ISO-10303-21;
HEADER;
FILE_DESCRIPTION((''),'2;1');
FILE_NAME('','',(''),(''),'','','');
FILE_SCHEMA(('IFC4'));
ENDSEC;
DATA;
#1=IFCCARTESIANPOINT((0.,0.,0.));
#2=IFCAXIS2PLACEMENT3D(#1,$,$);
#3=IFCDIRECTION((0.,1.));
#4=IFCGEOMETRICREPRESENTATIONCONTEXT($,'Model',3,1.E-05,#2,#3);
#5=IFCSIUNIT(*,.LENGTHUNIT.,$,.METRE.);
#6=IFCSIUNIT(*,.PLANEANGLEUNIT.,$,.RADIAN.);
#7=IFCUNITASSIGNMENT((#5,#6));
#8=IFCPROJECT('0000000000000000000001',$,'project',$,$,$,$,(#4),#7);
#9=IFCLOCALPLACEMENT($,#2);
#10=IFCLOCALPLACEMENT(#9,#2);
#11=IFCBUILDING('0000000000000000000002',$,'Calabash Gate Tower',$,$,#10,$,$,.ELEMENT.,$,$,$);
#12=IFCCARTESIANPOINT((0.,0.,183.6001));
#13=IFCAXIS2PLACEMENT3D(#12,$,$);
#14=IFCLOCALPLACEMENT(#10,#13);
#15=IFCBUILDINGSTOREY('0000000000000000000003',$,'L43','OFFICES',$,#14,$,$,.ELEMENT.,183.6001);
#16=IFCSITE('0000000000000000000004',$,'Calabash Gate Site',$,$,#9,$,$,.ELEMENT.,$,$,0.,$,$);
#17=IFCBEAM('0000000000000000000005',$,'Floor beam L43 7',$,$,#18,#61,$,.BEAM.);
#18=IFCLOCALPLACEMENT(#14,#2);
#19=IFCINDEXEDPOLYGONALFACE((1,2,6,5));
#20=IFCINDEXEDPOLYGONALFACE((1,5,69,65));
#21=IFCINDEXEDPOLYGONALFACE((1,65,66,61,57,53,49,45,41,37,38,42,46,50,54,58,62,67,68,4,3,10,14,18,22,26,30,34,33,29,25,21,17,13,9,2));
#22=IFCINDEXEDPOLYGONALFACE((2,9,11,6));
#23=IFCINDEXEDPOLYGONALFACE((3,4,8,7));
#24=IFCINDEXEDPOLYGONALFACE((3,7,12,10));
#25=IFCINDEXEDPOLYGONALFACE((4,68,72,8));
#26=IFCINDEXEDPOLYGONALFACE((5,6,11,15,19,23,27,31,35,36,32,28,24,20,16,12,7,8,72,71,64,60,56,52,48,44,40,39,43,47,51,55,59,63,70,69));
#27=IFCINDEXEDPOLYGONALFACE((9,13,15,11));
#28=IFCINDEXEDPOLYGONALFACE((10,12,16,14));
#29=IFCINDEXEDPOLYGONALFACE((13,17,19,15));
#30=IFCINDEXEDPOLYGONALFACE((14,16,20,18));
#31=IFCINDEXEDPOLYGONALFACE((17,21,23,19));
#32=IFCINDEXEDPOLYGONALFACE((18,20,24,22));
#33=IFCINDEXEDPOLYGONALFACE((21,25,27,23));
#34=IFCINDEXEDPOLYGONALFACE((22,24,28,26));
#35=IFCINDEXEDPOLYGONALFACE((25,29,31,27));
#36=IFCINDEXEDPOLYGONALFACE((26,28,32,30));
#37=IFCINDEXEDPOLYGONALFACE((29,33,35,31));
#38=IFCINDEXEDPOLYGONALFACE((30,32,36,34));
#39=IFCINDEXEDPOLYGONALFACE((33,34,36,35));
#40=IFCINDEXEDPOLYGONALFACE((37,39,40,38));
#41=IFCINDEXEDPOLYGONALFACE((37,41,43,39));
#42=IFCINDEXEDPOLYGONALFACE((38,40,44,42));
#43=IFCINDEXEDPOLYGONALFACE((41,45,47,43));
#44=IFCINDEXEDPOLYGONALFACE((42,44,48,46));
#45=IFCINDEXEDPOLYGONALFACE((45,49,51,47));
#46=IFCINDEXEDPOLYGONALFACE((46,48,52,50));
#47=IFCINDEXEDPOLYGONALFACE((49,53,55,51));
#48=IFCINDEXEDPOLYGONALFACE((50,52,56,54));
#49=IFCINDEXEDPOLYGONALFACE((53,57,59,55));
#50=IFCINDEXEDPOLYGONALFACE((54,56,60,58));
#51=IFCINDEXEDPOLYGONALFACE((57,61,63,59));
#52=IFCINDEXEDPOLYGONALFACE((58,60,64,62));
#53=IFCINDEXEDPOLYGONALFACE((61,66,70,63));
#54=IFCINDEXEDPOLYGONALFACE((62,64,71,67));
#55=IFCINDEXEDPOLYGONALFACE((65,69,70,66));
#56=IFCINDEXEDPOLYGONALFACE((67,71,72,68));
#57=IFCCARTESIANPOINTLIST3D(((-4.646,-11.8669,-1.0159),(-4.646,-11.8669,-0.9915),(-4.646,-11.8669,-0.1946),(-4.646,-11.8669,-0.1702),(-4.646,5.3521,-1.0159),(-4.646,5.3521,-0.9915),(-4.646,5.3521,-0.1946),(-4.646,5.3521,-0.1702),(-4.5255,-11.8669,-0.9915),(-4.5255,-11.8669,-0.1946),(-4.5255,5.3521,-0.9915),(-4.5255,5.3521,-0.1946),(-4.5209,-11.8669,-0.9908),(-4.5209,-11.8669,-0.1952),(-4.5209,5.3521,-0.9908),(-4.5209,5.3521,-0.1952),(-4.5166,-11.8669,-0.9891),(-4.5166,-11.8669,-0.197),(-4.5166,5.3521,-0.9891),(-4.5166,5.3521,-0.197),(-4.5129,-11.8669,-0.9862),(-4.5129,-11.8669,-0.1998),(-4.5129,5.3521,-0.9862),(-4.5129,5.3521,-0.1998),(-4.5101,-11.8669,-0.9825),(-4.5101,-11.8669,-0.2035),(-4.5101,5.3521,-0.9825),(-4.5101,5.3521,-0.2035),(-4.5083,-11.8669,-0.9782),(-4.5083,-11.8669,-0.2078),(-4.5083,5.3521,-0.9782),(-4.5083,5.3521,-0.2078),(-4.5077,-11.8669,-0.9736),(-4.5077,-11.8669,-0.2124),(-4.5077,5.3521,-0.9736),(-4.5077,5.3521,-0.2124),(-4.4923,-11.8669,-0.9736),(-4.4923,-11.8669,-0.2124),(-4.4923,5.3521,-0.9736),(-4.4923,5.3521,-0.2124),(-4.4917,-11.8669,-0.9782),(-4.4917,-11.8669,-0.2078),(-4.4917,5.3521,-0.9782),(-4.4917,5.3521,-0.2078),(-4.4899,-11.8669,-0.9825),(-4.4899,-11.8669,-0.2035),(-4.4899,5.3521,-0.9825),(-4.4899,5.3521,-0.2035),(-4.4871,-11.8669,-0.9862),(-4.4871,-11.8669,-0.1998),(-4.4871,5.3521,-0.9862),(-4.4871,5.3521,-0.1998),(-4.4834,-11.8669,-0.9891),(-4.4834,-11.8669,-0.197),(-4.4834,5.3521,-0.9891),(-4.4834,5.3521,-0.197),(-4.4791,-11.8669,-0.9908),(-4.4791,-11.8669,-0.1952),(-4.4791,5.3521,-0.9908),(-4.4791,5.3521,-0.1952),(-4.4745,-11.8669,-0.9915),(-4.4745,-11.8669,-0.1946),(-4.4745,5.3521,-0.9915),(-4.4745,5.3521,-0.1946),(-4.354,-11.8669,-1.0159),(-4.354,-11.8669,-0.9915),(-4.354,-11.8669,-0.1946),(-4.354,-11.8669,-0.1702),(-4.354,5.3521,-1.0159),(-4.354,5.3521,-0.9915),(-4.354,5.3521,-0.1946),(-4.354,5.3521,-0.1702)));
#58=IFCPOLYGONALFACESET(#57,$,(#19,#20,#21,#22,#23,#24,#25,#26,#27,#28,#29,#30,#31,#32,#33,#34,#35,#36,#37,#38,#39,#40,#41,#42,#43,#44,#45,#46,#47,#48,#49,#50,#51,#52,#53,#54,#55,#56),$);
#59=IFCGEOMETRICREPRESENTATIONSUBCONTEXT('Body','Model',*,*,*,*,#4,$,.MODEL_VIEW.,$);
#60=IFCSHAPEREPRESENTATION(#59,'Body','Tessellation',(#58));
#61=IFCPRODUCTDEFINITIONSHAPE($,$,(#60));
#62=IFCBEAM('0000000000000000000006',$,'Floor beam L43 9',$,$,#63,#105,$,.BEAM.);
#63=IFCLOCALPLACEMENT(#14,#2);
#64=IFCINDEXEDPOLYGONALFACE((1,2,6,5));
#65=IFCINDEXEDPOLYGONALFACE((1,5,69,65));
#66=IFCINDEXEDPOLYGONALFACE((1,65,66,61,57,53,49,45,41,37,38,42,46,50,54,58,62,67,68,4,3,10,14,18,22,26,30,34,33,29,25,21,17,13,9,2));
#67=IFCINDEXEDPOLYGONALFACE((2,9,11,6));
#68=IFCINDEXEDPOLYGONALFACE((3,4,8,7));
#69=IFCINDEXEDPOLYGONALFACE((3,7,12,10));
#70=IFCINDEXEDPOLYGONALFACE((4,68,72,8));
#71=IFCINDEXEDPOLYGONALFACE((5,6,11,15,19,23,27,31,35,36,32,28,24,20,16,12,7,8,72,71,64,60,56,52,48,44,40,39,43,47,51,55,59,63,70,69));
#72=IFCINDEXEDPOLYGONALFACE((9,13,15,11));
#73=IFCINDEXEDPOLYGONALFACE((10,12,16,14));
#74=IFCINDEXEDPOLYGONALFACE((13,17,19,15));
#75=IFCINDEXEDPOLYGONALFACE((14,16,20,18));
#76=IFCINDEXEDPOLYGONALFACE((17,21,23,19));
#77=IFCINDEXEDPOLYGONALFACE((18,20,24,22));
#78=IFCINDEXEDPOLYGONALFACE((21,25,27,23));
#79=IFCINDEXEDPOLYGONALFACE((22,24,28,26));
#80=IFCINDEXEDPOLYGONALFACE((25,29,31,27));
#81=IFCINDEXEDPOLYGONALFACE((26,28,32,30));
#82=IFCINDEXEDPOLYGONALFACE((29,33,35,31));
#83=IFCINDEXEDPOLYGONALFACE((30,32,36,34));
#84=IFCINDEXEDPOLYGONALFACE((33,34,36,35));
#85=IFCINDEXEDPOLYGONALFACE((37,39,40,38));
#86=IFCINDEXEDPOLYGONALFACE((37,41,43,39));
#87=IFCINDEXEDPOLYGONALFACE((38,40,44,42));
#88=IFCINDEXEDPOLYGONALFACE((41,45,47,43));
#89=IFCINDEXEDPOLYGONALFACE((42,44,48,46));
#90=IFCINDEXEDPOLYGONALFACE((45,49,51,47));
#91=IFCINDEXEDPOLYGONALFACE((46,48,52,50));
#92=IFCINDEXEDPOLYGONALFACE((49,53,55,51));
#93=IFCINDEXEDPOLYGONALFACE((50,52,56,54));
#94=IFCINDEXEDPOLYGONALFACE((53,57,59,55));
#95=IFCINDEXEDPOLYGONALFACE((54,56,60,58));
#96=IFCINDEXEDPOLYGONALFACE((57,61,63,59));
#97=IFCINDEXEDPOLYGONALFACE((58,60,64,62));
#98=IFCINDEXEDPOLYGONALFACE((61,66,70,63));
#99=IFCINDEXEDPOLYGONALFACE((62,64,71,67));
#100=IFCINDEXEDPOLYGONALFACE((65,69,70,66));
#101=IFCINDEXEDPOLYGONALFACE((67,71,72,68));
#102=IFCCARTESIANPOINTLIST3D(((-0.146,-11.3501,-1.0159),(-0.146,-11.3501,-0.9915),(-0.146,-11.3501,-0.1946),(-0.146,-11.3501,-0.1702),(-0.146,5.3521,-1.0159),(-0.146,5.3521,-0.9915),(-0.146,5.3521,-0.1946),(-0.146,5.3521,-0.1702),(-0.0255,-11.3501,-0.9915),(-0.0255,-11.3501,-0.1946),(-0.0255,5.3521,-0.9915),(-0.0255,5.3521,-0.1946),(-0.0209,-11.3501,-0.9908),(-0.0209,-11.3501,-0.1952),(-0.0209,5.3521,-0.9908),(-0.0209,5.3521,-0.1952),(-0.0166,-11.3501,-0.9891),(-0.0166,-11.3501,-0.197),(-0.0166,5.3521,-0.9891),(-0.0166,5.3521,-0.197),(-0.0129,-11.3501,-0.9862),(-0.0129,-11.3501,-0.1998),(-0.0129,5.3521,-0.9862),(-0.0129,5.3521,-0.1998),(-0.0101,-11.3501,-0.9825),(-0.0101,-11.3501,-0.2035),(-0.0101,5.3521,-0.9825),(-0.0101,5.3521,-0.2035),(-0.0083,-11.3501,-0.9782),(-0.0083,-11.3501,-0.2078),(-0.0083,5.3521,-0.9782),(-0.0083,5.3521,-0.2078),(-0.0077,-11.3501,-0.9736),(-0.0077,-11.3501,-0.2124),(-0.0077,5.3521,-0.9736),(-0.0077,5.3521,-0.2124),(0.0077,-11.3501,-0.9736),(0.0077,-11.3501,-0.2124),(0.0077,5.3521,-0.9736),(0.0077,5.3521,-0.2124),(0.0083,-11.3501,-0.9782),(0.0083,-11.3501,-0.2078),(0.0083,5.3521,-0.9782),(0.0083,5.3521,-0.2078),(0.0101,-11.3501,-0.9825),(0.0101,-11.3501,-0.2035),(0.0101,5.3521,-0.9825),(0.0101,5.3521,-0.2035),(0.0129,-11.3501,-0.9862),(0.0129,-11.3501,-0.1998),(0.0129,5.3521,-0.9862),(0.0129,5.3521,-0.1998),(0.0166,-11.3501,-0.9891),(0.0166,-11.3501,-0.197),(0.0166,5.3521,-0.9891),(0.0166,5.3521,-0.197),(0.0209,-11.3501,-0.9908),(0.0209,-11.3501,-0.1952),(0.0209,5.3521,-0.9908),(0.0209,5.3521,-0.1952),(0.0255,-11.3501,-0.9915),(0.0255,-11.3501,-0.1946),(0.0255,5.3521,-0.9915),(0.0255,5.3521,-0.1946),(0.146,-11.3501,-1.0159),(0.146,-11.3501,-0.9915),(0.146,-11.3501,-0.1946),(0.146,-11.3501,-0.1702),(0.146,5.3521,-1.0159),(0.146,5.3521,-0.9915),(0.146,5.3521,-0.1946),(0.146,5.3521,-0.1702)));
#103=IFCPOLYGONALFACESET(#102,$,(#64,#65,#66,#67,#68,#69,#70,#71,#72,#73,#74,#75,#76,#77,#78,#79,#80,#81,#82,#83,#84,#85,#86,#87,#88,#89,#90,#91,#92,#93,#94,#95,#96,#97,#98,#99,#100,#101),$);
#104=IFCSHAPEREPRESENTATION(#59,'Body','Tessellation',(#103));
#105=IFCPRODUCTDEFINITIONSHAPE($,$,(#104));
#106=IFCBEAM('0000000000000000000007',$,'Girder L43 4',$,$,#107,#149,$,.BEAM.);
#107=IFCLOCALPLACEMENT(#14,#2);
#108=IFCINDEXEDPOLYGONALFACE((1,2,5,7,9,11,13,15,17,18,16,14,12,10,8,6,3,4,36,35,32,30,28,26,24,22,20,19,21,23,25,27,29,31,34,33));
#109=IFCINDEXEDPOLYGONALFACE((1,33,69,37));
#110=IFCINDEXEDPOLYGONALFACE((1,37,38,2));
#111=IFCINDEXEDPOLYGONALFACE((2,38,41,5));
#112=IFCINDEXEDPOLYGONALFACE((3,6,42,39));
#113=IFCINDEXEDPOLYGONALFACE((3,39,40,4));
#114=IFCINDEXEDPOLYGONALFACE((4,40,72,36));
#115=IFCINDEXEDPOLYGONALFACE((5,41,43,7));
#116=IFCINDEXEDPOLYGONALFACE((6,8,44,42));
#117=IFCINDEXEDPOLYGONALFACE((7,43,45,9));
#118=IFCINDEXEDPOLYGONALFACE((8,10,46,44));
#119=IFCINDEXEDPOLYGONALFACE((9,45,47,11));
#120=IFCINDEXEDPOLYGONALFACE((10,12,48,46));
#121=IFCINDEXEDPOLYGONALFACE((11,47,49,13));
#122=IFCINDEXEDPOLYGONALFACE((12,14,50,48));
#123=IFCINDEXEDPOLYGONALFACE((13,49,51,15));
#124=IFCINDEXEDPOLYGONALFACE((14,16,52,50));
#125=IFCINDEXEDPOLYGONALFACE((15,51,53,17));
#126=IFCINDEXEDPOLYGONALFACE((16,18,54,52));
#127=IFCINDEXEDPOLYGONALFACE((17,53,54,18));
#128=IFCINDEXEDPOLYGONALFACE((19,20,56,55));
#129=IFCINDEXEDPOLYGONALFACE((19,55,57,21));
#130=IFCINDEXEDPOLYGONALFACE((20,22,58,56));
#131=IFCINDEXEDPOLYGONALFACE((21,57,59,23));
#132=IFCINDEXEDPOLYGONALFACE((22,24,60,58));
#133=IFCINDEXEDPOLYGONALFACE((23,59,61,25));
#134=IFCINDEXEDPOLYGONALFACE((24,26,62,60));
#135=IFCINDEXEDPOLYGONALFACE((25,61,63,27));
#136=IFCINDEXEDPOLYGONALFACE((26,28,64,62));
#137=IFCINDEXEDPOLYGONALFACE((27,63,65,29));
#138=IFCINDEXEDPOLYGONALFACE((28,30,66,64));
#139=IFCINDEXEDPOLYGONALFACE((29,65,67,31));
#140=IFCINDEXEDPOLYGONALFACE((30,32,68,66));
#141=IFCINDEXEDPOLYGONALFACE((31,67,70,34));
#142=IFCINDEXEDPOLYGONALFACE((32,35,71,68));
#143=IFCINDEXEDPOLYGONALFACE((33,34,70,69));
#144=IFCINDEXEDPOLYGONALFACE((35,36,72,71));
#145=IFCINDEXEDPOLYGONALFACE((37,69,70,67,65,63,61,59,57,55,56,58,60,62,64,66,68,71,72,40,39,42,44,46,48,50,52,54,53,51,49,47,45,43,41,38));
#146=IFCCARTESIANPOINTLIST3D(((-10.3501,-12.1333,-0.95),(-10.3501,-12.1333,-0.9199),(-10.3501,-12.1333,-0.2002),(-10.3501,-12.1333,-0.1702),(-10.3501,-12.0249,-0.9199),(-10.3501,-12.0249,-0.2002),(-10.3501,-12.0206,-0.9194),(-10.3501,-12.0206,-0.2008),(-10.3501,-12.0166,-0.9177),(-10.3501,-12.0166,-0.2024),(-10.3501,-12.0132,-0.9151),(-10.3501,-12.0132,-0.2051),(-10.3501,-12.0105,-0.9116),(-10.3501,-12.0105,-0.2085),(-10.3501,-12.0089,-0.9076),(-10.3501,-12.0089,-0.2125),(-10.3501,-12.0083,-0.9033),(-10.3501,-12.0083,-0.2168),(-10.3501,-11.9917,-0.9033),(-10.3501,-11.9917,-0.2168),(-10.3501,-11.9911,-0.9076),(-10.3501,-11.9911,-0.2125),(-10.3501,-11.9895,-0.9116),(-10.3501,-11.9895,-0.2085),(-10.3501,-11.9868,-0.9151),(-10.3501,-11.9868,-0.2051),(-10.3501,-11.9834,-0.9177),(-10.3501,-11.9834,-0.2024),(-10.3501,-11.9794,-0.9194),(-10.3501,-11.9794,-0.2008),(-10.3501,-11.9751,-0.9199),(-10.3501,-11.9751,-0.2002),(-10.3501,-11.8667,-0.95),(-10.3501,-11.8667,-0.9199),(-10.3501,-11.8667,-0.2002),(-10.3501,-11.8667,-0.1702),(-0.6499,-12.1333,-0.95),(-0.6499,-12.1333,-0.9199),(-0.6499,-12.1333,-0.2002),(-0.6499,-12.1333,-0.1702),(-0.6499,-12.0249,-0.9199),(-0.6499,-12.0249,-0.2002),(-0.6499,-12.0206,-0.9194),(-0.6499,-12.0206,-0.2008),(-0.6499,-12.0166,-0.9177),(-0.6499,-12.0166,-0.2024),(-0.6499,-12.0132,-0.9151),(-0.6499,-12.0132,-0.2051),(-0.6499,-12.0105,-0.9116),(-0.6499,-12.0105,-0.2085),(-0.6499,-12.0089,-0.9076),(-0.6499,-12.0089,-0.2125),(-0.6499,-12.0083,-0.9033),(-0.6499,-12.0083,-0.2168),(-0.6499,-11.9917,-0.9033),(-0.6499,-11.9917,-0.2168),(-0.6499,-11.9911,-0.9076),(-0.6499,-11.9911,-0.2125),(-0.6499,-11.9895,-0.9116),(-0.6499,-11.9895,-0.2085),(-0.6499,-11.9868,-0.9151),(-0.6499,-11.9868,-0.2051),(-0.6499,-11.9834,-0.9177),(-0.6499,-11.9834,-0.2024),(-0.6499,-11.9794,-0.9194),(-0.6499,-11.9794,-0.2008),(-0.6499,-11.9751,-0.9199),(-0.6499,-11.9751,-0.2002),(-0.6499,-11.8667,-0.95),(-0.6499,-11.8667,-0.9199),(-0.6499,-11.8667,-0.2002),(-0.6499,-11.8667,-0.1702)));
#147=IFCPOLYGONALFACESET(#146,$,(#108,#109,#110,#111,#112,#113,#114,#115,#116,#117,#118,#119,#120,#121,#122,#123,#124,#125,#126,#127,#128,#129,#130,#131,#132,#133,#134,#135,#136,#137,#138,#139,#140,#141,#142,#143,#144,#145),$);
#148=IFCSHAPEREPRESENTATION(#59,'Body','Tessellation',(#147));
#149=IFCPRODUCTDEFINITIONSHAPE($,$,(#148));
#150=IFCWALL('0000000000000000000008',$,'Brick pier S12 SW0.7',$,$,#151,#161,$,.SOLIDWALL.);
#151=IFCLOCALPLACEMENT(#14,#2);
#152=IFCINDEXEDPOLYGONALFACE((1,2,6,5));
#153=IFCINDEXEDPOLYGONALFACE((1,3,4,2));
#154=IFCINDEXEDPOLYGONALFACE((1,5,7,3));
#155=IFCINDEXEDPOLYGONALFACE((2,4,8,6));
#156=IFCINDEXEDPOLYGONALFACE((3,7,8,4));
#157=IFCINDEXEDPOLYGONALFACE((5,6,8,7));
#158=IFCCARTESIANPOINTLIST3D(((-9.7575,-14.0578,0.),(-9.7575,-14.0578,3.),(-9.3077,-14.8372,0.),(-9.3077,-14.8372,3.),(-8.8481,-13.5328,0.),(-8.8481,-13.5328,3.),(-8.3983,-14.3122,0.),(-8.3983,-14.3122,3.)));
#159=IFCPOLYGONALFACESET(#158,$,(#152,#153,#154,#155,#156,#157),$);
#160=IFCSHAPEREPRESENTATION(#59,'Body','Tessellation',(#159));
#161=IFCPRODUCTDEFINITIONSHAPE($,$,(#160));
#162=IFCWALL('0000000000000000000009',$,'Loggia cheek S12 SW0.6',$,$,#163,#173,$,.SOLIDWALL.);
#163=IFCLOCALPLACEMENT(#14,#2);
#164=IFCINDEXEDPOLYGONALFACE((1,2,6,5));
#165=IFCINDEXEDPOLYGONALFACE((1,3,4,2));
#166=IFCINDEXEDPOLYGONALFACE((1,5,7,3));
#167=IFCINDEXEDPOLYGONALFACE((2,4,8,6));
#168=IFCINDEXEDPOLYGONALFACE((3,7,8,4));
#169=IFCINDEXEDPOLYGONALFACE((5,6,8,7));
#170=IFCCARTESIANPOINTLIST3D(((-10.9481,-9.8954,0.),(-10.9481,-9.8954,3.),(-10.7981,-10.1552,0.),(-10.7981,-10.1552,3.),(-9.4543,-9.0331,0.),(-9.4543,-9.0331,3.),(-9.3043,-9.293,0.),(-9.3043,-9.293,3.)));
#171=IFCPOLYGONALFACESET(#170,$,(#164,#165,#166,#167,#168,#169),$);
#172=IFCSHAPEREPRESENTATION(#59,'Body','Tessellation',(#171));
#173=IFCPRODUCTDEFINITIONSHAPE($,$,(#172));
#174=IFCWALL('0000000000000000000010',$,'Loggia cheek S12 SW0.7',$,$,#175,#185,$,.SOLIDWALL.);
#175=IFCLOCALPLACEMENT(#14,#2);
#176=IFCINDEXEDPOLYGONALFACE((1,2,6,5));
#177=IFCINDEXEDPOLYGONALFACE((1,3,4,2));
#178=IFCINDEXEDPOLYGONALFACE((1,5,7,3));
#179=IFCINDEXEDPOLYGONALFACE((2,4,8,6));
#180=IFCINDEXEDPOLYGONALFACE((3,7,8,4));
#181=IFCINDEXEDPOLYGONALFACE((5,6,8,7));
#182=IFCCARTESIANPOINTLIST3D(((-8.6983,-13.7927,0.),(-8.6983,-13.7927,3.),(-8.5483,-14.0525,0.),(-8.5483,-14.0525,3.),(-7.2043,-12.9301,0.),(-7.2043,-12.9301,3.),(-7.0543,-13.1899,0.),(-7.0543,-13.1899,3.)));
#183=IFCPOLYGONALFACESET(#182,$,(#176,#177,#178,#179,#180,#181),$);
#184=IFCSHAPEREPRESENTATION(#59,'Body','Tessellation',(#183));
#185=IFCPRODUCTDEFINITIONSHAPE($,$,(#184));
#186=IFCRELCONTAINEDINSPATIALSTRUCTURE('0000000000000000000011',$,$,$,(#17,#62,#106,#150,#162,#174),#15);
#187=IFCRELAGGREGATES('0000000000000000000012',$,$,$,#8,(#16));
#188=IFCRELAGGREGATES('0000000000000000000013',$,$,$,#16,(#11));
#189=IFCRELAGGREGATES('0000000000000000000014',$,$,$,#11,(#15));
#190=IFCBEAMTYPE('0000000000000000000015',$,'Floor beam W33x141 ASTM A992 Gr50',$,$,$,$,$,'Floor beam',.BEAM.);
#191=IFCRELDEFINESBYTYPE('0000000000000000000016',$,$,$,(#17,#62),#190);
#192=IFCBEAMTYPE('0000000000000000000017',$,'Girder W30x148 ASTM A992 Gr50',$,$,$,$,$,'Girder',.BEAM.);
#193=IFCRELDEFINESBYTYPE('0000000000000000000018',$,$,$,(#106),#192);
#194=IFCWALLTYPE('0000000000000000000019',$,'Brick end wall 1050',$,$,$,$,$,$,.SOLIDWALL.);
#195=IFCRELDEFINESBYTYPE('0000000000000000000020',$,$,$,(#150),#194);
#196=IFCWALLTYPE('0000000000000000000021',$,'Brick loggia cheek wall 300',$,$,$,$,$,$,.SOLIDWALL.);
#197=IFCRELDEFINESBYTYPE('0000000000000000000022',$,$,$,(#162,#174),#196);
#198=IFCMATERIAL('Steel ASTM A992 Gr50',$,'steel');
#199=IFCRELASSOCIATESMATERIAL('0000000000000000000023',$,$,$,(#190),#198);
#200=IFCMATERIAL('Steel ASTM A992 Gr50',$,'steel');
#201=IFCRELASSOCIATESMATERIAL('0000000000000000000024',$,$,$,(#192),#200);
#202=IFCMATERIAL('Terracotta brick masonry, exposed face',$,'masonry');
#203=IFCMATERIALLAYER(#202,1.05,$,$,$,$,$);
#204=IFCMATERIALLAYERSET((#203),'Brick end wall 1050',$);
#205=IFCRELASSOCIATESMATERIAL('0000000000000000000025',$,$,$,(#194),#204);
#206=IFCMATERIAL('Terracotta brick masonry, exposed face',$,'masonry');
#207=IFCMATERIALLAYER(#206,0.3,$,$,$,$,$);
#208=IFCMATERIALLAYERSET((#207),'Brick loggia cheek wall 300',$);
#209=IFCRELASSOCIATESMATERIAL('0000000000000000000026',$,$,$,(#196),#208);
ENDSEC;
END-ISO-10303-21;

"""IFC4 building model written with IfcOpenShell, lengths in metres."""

from ifc_helpers import new_model, si_unit, direction, frame, frame_2d, origin, origin_2d, place, context, subcontext, project, spatial, rectangle, i_section, extrude, material, layer, layer_set, material_profile, profile_set, type_object, element, save


model = new_model("IFC4")

# Units and contexts
model_context = context("Model", 3, precision=1e-05, world=origin(), true_north=direction((0.0, 1.0)))
body_context = subcontext(model_context, "Body", "Model", "MODEL_VIEW")
ifc_project = project(units=[si_unit("LENGTHUNIT", "METRE"), si_unit("PLANEANGLEUNIT", "RADIAN")], contexts=[model_context])

# Site, building, storey
site_placement = place(None, origin())
site = spatial("IfcSite", under=ifc_project, at=site_placement, Name="Calabash Gate Site", CompositionType="ELEMENT", RefElevation=0.0)
building_placement = place(site_placement, origin())
building = spatial("IfcBuilding", under=site, at=building_placement, Name="Calabash Gate Tower", CompositionType="ELEMENT")
storey_placement = place(building_placement, frame((0.0, 0.0, 183.6001)))
storey = spatial("IfcBuildingStorey", under=building, at=storey_placement, Name="L43", Description="OFFICES", CompositionType="ELEMENT", Elevation=183.6001)

# Beams
ifc_material_1 = material(Name="Steel ASTM A992 Gr50", Category="steel")
ifc_material_profile_1 = material_profile(ifc_material_1, i_section(OverallWidth=0.292, OverallDepth=0.8457, WebThickness=0.0154, FlangeThickness=0.0244, FilletRadius=0.0178, at=origin_2d()))
ifc_profile_set_1 = profile_set([ifc_material_profile_1], Name="Steel ASTM A992 Gr50")
beam_type_1 = type_object("IfcBeamType", Name="Floor beam W33x141 ASTM A992 Gr50", ElementType="Floor beam", PredefinedType="BEAM", material=ifc_profile_set_1)
beam_1_placement = place(storey_placement, frame((-4.5, -11.8669, -0.593), z_axis=(0.0, 1.0, 0.0), x_axis=(-1.0, 0.0, 0.0)))
element("IfcBeam", 1, at=beam_1_placement, inside=storey, type_object=beam_type_1, Name="Floor beam L43 7", PredefinedType="BEAM", context=body_context, shape_type="SweptSolid", body=[
    extrude(i_section(OverallWidth=0.292, OverallDepth=0.8457, WebThickness=0.0154, FlangeThickness=0.0244, FilletRadius=0.0178, at=origin_2d()), origin(), (0.0, 0.0, 1.0), 17.219),
])
beam_2_placement = place(storey_placement, frame((0.0, -11.3501, -0.593), z_axis=(0.0, 1.0, 0.0), x_axis=(-1.0, 0.0, 0.0)))
element("IfcBeam", 2, at=beam_2_placement, inside=storey, type_object=beam_type_1, Name="Floor beam L43 9", PredefinedType="BEAM", context=body_context, shape_type="SweptSolid", body=[
    extrude(i_section(OverallWidth=0.292, OverallDepth=0.8457, WebThickness=0.0154, FlangeThickness=0.0244, FilletRadius=0.0178, at=origin_2d()), origin(), (0.0, 0.0, 1.0), 16.7021),
])
ifc_material_2 = material(Name="Steel ASTM A992 Gr50", Category="steel")
ifc_material_profile_2 = material_profile(ifc_material_2, i_section(OverallWidth=0.2666, OverallDepth=0.7798, WebThickness=0.0166, FlangeThickness=0.03, FilletRadius=0.0166, at=origin_2d()))
ifc_profile_set_2 = profile_set([ifc_material_profile_2], Name="Steel ASTM A992 Gr50")
beam_type_2 = type_object("IfcBeamType", Name="Girder W30x148 ASTM A992 Gr50", ElementType="Girder", PredefinedType="BEAM", material=ifc_profile_set_2)
beam_3_placement = place(storey_placement, frame((-10.3501, -12.0, -0.5601), z_axis=(1.0, 0.0, 0.0), x_axis=(0.0, 1.0, 0.0)))
element("IfcBeam", 3, at=beam_3_placement, inside=storey, type_object=beam_type_2, Name="Girder L43 4", PredefinedType="BEAM", context=body_context, shape_type="SweptSolid", body=[
    extrude(i_section(OverallWidth=0.2666, OverallDepth=0.7798, WebThickness=0.0166, FlangeThickness=0.03, FilletRadius=0.0166, at=origin_2d()), origin(), (0.0, 0.0, 1.0), 9.7002),
])

# Walls
ifc_material_3 = material(Name="Terracotta brick masonry, exposed face", Category="masonry")
ifc_layer_1 = layer(ifc_material_3, 1.05)
ifc_layer_set_1 = layer_set([ifc_layer_1], Name="Brick end wall 1050")
wall_type_1 = type_object("IfcWallType", Name="Brick end wall 1050", PredefinedType="SOLIDWALL", material=ifc_layer_set_1)
wall_1_placement = place(storey_placement, frame((-8.6233, -13.9226, 0.0), z_axis=(0.0, 0.0, 1.0), x_axis=(-0.866089, -0.49989, 0.0)))
element("IfcWall", 4, at=wall_1_placement, inside=storey, type_object=wall_type_1, Name="Brick pier S12 SW0.7", PredefinedType="SOLIDWALL", context=body_context, shape_type="SweptSolid", body=[
    extrude(rectangle(XDim=1.05, YDim=0.8999, at=frame_2d((0.5249, 0.0))), origin(), (0.0, 0.0, 1.0), 3.0),
])
ifc_material_4 = material(Name="Terracotta brick masonry, exposed face", Category="masonry")
ifc_layer_2 = layer(ifc_material_4, 0.3)
ifc_layer_set_2 = layer_set([ifc_layer_2], Name="Brick loggia cheek wall 300")
wall_type_2 = type_object("IfcWallType", Name="Brick loggia cheek wall 300", PredefinedType="SOLIDWALL", material=ifc_layer_set_2)
wall_2_placement = place(storey_placement, frame((-9.3794, -9.1631, 0.0), z_axis=(0.0, 0.0, 1.0), x_axis=(-0.866075, -0.499914, 0.0)))
element("IfcWall", 5, at=wall_2_placement, inside=storey, type_object=wall_type_2, Name="Loggia cheek S12 SW0.6", PredefinedType="SOLIDWALL", context=body_context, shape_type="SweptSolid", body=[
    extrude(rectangle(XDim=1.7249, YDim=0.3, at=frame_2d((0.8623, 0.0))), origin(), (0.0, 0.0, 1.0), 3.0),
])
wall_3_placement = place(storey_placement, frame((-8.6233, -13.9226, 0.0), z_axis=(0.0, 0.0, 1.0), x_axis=(0.866014, 0.500021, 0.0)))
element("IfcWall", 6, at=wall_3_placement, inside=storey, type_object=wall_type_2, Name="Loggia cheek S12 SW0.7", PredefinedType="SOLIDWALL", context=body_context, shape_type="SweptSolid", body=[
    extrude(rectangle(XDim=1.7251, YDim=0.3, at=frame_2d((0.8625, 0.0))), origin(), (0.0, 0.0, 1.0), 3.0),
])

save(model, "model.ifc")
